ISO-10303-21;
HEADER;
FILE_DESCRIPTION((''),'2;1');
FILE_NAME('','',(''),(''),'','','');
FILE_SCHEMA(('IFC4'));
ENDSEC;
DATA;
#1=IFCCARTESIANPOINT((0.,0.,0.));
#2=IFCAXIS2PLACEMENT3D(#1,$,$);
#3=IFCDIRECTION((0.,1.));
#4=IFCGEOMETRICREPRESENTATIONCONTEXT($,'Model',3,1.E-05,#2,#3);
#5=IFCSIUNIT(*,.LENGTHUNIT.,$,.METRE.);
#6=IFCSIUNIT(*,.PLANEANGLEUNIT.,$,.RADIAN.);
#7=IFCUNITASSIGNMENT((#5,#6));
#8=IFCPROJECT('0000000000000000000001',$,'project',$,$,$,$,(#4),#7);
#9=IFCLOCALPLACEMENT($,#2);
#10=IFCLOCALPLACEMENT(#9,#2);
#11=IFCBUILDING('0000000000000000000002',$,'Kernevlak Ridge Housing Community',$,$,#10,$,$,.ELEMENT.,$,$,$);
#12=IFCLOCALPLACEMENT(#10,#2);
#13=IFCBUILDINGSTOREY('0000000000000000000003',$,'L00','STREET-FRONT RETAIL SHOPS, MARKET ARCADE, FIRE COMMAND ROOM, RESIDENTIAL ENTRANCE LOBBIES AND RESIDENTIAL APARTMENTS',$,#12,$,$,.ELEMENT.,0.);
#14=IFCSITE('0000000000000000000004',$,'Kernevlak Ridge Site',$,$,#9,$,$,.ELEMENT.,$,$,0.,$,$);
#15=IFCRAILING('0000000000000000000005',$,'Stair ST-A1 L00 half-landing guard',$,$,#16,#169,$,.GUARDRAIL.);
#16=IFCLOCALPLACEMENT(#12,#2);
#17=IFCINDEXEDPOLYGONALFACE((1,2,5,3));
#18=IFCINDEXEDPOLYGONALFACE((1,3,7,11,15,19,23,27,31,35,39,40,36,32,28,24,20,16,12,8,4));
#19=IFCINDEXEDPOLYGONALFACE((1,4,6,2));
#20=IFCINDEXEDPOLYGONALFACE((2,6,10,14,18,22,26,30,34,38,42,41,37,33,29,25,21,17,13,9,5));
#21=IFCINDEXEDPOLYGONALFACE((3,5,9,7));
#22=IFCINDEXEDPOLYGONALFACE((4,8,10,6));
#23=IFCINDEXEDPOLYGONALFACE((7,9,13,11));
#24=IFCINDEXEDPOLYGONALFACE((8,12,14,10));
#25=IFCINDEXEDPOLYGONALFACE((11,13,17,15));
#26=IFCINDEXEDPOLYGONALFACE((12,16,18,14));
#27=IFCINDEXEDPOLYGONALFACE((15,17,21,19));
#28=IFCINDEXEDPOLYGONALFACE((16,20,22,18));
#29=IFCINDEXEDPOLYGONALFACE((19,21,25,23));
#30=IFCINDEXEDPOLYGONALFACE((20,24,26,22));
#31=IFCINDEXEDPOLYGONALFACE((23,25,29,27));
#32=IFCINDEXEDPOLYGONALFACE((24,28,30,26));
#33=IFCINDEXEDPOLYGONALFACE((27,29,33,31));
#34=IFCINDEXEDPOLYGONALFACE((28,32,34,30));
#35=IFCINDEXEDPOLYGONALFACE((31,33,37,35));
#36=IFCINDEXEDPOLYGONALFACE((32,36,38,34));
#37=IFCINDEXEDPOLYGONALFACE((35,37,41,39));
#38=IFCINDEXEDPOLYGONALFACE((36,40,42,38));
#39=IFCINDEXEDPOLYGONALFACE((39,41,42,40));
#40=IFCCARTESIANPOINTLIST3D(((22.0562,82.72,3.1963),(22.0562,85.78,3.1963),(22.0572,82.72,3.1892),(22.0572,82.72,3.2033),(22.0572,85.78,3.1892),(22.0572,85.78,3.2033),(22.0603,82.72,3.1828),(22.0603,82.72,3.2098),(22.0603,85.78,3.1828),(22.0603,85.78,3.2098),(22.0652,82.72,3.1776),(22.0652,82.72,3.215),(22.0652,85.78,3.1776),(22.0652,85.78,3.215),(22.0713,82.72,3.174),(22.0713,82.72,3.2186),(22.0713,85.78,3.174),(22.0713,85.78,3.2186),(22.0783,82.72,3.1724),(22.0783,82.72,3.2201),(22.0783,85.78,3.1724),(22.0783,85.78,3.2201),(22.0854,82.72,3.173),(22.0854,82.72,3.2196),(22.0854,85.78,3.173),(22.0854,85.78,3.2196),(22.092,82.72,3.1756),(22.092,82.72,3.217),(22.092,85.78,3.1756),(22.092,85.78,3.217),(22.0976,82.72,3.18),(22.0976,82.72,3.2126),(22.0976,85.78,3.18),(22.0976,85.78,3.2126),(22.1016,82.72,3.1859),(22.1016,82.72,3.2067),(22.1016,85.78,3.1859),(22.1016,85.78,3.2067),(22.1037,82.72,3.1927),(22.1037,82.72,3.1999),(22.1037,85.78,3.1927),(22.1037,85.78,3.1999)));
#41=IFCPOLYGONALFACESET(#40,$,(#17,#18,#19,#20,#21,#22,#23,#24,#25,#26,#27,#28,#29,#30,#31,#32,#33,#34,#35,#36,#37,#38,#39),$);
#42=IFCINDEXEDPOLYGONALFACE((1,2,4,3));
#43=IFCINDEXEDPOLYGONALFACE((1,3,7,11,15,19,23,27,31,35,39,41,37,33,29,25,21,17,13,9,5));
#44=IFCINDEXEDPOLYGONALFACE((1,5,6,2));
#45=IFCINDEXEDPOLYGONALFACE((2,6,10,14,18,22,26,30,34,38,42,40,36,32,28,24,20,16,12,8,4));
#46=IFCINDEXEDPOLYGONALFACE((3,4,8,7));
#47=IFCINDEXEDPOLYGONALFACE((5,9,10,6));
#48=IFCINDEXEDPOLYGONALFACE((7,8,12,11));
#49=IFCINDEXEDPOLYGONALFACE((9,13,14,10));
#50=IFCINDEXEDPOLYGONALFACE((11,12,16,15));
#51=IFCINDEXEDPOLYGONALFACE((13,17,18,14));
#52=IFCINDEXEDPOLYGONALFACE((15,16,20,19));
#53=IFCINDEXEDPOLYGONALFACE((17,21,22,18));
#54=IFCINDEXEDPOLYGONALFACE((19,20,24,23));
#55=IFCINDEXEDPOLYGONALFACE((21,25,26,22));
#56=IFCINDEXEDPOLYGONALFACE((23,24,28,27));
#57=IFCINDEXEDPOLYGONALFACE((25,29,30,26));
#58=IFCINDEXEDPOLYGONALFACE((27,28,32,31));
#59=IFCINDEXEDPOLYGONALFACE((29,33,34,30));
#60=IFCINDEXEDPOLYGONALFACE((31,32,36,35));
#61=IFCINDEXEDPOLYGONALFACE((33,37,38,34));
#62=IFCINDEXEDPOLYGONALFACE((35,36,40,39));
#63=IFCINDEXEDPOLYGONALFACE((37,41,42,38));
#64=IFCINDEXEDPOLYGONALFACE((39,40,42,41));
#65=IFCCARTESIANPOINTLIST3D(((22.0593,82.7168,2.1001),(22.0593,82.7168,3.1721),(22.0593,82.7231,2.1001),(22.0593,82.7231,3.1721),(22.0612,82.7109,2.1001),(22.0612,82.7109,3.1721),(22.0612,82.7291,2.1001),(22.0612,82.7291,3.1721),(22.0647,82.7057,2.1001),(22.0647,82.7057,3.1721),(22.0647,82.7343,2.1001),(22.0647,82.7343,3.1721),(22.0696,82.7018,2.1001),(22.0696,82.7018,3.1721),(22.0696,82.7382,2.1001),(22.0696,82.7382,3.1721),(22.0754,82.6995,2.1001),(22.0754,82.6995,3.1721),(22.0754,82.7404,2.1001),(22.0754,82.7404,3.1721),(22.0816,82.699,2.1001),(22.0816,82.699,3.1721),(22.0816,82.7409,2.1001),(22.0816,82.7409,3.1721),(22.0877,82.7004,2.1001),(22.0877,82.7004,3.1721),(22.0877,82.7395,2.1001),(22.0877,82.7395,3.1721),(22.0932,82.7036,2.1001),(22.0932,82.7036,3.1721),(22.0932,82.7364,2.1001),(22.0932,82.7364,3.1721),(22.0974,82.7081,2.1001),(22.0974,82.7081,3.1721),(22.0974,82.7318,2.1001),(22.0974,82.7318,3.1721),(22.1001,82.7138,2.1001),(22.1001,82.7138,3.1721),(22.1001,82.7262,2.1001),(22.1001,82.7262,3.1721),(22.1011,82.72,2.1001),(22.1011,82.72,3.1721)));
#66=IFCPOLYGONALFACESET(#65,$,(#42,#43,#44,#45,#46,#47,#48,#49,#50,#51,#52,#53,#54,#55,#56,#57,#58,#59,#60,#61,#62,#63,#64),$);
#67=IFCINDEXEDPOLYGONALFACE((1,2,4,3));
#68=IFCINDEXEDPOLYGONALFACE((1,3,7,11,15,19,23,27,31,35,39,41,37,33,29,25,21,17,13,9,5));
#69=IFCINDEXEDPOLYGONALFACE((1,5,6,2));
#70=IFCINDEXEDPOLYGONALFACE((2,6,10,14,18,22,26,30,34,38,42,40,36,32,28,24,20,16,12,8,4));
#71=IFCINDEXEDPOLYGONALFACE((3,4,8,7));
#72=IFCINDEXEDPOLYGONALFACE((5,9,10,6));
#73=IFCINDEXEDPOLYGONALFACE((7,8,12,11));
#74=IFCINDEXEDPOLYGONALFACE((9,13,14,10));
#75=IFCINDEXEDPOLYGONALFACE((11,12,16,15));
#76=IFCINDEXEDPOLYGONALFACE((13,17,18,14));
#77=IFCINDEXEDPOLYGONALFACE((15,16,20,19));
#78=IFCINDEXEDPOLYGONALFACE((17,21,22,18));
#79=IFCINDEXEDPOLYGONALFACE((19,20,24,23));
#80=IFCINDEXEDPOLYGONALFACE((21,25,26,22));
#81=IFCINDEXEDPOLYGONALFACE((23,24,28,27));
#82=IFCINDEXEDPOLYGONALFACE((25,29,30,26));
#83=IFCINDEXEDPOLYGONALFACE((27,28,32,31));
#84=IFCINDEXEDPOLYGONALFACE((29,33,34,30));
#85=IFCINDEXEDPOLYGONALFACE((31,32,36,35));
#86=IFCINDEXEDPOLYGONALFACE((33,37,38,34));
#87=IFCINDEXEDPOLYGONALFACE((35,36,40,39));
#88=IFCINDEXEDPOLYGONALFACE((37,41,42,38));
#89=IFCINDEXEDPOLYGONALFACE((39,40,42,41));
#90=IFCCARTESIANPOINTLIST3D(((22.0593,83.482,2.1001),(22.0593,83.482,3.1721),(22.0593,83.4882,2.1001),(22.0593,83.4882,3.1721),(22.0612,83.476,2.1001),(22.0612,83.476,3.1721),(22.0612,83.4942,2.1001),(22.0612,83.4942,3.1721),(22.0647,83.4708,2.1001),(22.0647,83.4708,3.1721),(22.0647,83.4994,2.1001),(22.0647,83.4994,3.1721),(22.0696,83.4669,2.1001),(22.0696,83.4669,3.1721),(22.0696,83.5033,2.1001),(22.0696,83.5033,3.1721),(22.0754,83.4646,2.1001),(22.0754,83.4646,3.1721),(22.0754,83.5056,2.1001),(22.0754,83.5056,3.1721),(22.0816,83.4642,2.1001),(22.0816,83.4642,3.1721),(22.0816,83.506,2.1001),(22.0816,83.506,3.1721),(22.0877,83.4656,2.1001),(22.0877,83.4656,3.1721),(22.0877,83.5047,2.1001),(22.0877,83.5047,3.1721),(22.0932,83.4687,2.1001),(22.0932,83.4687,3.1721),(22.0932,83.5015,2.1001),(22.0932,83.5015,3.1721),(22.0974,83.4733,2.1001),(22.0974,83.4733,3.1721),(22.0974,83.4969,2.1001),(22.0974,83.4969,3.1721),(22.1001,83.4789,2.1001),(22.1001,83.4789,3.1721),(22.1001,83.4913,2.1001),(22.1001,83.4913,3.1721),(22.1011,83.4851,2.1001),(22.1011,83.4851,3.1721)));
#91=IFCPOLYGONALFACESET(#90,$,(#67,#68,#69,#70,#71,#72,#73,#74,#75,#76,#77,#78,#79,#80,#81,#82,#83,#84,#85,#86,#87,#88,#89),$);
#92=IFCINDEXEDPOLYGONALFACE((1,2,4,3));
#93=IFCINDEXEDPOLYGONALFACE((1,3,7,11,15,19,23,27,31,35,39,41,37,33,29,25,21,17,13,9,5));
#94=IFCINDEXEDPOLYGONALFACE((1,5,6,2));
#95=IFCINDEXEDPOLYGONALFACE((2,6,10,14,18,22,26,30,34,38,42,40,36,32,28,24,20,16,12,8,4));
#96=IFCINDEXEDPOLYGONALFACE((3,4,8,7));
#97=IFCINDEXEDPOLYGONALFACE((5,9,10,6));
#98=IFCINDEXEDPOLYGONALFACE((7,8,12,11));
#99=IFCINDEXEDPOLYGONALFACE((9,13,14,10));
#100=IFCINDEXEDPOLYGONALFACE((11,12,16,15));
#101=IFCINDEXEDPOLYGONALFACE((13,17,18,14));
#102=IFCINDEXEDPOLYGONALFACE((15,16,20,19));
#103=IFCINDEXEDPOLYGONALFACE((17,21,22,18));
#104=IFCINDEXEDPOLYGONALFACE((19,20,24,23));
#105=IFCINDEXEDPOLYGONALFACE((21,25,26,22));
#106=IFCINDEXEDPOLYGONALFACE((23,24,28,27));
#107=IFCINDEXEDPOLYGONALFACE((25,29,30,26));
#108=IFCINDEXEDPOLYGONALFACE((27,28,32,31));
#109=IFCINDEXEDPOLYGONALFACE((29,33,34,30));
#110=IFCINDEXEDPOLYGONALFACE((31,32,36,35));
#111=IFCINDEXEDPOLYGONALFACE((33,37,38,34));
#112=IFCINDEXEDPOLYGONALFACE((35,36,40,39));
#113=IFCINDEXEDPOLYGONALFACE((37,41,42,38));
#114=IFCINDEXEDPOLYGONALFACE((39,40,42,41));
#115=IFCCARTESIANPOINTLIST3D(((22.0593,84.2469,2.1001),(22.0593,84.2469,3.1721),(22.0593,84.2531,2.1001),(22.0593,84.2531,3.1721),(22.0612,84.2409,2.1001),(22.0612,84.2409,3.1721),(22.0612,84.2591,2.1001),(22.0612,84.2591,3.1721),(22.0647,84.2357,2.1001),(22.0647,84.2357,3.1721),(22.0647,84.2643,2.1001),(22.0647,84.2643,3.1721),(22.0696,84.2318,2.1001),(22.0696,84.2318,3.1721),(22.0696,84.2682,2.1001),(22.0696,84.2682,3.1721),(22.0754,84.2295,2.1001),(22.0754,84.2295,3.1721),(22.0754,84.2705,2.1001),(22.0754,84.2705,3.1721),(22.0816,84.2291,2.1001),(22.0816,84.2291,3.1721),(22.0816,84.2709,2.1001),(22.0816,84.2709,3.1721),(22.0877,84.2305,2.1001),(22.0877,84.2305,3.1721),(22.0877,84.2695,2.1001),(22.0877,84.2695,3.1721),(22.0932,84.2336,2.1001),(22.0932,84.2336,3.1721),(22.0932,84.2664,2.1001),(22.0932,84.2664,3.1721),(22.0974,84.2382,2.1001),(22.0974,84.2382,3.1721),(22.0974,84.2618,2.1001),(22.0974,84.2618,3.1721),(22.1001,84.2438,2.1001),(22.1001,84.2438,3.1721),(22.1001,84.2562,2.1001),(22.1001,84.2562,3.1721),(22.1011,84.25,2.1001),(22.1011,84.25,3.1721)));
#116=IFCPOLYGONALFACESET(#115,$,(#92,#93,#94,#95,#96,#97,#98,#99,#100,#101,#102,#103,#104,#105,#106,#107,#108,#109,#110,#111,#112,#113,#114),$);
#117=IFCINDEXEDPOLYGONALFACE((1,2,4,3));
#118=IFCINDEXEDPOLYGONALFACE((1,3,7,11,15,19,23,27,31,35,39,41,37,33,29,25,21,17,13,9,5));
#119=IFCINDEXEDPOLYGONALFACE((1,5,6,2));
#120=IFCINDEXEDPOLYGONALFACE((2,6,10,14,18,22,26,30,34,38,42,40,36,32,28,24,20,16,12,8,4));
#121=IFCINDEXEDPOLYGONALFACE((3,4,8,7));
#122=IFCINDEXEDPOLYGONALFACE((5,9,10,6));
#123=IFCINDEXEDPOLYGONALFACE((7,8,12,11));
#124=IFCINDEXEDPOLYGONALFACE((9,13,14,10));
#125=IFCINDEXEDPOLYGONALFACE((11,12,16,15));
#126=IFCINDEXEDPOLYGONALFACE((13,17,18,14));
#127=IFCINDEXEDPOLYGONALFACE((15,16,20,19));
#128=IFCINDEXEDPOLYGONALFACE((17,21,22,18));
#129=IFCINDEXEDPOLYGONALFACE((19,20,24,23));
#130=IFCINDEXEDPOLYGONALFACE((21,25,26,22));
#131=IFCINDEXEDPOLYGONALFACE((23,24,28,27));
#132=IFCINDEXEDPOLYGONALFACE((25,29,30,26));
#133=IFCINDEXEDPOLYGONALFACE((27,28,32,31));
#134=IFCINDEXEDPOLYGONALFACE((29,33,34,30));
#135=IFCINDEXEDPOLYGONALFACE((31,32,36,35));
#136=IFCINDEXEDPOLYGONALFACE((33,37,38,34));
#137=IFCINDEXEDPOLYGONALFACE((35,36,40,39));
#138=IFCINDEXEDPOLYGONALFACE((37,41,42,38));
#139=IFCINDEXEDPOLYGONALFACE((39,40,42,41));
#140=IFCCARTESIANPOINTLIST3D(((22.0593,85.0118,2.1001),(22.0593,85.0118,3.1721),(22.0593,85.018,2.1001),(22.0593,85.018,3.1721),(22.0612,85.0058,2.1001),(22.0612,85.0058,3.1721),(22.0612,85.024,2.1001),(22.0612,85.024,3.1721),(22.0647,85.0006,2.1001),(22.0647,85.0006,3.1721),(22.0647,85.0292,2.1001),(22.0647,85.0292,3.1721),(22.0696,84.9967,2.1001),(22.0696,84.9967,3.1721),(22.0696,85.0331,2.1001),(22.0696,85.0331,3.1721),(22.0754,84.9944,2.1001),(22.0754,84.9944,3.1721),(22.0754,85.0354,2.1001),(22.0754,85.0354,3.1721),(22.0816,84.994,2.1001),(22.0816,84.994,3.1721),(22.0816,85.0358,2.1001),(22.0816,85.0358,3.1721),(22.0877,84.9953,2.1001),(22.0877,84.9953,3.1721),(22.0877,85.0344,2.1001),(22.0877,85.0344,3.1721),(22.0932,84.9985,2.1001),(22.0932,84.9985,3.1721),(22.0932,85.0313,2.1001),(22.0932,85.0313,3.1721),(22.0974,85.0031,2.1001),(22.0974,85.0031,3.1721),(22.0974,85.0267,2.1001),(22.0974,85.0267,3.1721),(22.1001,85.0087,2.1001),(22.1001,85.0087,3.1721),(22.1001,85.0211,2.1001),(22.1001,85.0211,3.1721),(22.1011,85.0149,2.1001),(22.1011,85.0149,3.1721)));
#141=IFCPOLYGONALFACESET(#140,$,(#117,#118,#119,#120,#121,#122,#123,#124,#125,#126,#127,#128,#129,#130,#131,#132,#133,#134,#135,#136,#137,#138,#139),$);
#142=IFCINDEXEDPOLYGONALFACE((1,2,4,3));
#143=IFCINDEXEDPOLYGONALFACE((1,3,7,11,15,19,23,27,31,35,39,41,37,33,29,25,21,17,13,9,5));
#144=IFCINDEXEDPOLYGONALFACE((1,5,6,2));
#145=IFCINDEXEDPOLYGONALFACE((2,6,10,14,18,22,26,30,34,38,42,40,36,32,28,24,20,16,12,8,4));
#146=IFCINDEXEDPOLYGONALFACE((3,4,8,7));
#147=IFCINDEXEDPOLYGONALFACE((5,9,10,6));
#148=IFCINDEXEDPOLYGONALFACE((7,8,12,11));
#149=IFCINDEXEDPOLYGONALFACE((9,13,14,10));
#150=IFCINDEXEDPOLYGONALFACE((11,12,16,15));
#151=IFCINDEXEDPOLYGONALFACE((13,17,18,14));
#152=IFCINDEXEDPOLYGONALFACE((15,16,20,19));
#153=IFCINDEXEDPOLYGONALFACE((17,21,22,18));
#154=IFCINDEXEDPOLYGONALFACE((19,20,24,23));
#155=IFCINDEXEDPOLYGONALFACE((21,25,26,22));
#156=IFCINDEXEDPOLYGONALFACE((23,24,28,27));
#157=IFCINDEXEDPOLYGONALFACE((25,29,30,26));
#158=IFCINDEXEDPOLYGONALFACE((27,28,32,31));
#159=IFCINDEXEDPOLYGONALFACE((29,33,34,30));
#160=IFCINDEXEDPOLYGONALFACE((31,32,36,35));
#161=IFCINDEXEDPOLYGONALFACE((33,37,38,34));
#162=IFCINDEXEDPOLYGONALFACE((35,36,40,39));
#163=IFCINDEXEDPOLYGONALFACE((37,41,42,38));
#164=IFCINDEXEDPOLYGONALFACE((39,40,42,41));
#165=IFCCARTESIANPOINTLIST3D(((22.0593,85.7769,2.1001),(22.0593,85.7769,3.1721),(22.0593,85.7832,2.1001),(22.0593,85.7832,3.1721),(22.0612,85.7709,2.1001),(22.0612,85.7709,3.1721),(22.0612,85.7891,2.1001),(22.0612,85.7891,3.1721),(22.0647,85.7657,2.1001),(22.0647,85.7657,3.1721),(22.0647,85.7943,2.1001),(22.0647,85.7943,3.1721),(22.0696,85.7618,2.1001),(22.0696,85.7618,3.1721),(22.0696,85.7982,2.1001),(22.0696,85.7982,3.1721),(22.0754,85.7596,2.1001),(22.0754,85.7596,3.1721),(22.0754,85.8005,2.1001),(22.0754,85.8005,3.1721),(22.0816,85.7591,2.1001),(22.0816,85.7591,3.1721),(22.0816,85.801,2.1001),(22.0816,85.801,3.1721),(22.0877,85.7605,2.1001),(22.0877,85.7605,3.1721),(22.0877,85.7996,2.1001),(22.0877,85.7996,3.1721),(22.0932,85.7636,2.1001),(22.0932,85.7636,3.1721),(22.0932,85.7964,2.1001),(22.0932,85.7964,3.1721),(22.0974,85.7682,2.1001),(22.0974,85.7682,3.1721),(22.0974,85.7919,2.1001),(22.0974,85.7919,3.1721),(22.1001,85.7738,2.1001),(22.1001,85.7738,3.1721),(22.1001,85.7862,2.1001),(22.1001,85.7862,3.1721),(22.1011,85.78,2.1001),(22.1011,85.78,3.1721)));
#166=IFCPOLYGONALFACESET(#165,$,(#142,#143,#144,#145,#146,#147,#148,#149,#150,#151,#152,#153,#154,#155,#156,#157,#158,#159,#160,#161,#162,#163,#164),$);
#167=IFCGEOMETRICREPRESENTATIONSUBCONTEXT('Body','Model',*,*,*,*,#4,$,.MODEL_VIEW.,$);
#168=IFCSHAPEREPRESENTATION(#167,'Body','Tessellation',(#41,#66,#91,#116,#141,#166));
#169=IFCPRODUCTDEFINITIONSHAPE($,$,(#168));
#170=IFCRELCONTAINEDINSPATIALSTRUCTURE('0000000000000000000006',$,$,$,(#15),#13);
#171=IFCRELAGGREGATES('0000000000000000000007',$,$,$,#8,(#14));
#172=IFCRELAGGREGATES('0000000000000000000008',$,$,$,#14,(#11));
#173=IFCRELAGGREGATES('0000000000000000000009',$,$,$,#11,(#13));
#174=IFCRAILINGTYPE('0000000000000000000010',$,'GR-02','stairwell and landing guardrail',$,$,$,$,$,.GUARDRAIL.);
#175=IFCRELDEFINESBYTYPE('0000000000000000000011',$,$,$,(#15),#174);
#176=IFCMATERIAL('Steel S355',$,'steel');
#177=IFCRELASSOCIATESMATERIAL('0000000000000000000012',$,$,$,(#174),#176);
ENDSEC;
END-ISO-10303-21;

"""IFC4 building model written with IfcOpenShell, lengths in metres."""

from ifc_helpers import new_model, si_unit, direction, frame, origin, origin_2d, place, context, subcontext, project, spatial, circle, extrude, material, type_object, element, save


model = new_model("IFC4")

# Units and contexts
model_context = context("Model", 3, precision=1e-05, world=origin(), true_north=direction((0.0, 1.0)))
body_context = subcontext(model_context, "Body", "Model", "MODEL_VIEW")
ifc_project = project(units=[si_unit("LENGTHUNIT", "METRE"), si_unit("PLANEANGLEUNIT", "RADIAN")], contexts=[model_context])

# Site, building, storey
site_placement = place(None, origin())
site = spatial("IfcSite", under=ifc_project, at=site_placement, Name="Kernevlak Ridge Site", CompositionType="ELEMENT", RefElevation=0.0)
building_placement = place(site_placement, origin())
building = spatial("IfcBuilding", under=site, at=building_placement, Name="Kernevlak Ridge Housing Community", CompositionType="ELEMENT")
storey_placement = place(building_placement, origin())
storey = spatial("IfcBuildingStorey", under=building, at=storey_placement, Name="L00", Description="STREET-FRONT RETAIL SHOPS, MARKET ARCADE, FIRE COMMAND ROOM, RESIDENTIAL ENTRANCE LOBBIES AND RESIDENTIAL APARTMENTS", CompositionType="ELEMENT", Elevation=0.0)

# Railing
ifc_material_1 = material(Name="Steel S355", Category="steel")
railing_type_1 = type_object("IfcRailingType", Name="GR-02", Description="stairwell and landing guardrail", PredefinedType="GUARDRAIL", material=ifc_material_1)
railing_1_placement = place(storey_placement, frame((22.0801, 82.72, 2.1001)))
element("IfcRailing", 1, at=railing_1_placement, inside=storey, type_object=railing_type_1, Name="Stair ST-A1 L00 half-landing guard", PredefinedType="GUARDRAIL", context=body_context, shape_type="SweptSolid", body=[
    extrude(circle(Radius=0.0239, at=origin_2d()), frame((0.0, 0.0, 1.0962), z_axis=(0.0, 1.0, 0.0), x_axis=(-1.0, 0.0, 0.0)), (0.0, 0.0, 1.0), 3.0601),
    extrude(circle(Radius=0.021, at=origin_2d()), origin(), (0.0, 0.0, 1.0), 1.072),
    extrude(circle(Radius=0.021, at=origin_2d()), frame((0.0, 0.7651, 0.0)), (0.0, 0.0, 1.0), 1.072),
    extrude(circle(Radius=0.021, at=origin_2d()), frame((0.0, 1.53, 0.0)), (0.0, 0.0, 1.0), 1.072),
    extrude(circle(Radius=0.021, at=origin_2d()), frame((0.0, 2.2949, 0.0)), (0.0, 0.0, 1.0), 1.072),
    extrude(circle(Radius=0.021, at=origin_2d()), frame((0.0, 3.0601, 0.0)), (0.0, 0.0, 1.0), 1.072),
])

save(model, "model.ifc")
